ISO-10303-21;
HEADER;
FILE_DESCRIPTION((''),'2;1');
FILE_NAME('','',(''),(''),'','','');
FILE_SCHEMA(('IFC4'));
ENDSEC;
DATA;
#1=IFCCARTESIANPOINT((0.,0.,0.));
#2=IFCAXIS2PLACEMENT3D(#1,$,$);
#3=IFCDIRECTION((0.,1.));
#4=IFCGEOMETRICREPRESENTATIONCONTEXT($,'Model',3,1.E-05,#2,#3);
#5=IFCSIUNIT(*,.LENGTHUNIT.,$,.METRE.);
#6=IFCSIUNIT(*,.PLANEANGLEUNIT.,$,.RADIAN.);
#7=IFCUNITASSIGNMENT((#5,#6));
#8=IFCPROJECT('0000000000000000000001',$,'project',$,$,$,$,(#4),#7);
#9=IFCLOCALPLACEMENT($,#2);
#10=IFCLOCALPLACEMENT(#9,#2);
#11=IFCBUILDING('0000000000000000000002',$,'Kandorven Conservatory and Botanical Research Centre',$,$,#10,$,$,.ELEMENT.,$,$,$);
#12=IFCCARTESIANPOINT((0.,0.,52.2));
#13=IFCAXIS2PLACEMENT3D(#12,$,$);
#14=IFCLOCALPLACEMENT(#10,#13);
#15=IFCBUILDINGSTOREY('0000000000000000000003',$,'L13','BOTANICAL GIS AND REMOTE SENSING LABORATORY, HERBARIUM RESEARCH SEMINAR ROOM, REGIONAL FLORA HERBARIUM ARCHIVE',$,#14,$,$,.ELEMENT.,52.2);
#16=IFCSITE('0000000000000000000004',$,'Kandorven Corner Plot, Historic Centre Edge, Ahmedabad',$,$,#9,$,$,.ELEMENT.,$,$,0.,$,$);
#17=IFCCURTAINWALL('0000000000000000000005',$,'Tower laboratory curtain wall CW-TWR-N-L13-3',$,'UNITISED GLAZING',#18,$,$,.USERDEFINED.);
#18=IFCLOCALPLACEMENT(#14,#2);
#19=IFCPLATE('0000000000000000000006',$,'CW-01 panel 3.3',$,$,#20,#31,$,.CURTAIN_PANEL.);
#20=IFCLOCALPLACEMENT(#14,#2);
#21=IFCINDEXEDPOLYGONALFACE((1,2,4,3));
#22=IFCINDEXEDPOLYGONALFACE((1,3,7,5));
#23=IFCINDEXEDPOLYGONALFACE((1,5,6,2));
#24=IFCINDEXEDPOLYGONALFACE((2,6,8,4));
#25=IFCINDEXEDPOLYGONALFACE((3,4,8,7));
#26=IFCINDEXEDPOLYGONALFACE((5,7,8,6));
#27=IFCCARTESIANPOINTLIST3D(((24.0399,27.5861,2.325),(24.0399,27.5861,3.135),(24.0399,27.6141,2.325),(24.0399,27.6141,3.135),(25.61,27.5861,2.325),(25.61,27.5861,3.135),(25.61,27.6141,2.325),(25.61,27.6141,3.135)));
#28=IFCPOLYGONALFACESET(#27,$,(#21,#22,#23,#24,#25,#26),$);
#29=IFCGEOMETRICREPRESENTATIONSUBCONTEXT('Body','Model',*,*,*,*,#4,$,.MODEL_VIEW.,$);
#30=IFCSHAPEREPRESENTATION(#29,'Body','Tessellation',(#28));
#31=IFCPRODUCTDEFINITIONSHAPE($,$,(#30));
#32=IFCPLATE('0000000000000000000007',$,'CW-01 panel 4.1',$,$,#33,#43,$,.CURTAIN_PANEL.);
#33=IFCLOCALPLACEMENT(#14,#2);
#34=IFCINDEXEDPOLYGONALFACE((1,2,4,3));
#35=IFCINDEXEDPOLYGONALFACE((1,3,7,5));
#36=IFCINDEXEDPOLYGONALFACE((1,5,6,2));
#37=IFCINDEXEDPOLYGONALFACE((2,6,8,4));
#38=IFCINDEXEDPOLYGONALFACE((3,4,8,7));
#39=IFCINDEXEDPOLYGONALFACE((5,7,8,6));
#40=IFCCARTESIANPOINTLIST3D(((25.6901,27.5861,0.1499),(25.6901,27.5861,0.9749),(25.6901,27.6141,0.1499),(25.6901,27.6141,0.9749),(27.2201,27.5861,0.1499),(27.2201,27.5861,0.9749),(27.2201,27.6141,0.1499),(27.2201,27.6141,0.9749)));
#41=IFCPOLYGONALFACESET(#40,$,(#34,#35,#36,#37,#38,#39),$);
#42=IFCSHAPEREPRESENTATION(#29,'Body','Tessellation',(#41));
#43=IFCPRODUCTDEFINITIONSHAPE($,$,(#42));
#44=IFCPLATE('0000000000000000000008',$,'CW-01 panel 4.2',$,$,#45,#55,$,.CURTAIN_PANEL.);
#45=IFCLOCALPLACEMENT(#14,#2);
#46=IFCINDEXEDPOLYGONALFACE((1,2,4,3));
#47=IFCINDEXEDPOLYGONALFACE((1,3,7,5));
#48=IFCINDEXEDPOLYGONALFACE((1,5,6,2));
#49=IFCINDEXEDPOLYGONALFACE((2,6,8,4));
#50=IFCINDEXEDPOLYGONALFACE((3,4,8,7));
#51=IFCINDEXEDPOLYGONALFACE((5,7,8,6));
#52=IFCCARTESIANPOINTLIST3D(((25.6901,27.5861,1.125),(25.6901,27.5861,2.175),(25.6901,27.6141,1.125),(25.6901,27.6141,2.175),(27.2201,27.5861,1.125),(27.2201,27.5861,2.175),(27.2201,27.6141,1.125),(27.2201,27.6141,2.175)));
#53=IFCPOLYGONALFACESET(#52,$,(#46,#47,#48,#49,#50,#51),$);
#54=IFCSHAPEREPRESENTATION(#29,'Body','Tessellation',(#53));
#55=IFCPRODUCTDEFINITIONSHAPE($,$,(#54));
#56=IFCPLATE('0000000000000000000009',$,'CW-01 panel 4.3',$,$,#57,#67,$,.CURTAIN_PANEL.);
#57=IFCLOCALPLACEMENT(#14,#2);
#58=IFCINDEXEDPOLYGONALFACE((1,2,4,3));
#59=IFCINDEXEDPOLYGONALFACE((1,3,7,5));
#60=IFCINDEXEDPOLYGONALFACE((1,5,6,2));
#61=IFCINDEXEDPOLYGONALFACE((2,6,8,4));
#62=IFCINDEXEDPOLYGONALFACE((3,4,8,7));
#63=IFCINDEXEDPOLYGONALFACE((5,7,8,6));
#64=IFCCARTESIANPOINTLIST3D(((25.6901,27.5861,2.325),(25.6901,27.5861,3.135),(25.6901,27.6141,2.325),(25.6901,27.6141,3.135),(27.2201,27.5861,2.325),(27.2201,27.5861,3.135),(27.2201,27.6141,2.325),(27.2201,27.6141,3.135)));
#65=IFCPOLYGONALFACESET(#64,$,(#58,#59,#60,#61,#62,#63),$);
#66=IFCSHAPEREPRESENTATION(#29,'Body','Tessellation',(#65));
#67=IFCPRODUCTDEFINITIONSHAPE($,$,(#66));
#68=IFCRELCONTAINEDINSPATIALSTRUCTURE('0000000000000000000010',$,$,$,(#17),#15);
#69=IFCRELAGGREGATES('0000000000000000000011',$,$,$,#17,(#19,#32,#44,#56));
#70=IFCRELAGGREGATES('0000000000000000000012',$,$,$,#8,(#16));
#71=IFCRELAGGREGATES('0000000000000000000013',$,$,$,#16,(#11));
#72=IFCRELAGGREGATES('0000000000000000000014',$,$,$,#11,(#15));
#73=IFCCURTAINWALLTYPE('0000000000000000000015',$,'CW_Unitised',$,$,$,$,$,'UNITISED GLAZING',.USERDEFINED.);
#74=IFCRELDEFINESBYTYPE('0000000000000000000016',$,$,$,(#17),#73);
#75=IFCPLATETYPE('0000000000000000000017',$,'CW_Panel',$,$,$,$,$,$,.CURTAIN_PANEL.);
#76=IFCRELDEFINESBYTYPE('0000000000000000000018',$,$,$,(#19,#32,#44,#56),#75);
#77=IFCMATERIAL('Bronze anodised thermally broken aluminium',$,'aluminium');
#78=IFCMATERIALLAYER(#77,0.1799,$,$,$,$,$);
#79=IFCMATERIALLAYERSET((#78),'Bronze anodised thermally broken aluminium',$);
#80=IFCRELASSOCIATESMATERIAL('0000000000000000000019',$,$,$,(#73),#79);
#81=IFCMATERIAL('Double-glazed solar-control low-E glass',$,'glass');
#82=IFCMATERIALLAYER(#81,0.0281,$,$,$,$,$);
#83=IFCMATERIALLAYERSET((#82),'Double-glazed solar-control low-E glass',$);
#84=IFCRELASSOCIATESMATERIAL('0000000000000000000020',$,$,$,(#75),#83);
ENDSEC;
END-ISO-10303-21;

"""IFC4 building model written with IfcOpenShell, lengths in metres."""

from ifc_helpers import new_model, si_unit, direction, frame, origin, origin_2d, place, context, subcontext, project, spatial, rectangle, extrude, material, layer, layer_set, type_object, element, aggregate, save


model = new_model("IFC4")

# Units and contexts
model_context = context("Model", 3, precision=1e-05, world=origin(), true_north=direction((0.0, 1.0)))
body_context = subcontext(model_context, "Body", "Model", "MODEL_VIEW")
ifc_project = project(units=[si_unit("LENGTHUNIT", "METRE"), si_unit("PLANEANGLEUNIT", "RADIAN")], contexts=[model_context])

# Site, building, storey
site_placement = place(None, origin())
site = spatial("IfcSite", under=ifc_project, at=site_placement, Name="Kandorven Corner Plot, Historic Centre Edge, Ahmedabad", CompositionType="ELEMENT", RefElevation=0.0)
building_placement = place(site_placement, origin())
building = spatial("IfcBuilding", under=site, at=building_placement, Name="Kandorven Conservatory and Botanical Research Centre", CompositionType="ELEMENT")
storey_placement = place(building_placement, frame((0.0, 0.0, 52.2)))
storey = spatial("IfcBuildingStorey", under=building, at=storey_placement, Name="L13", Description="BOTANICAL GIS AND REMOTE SENSING LABORATORY, HERBARIUM RESEARCH SEMINAR ROOM, REGIONAL FLORA HERBARIUM ARCHIVE", CompositionType="ELEMENT", Elevation=52.2)

# Curtain wall, plates
ifc_material_1 = material(Name="Bronze anodised thermally broken aluminium", Category="aluminium")
ifc_layer_1 = layer(ifc_material_1, 0.1799)
ifc_layer_set_1 = layer_set([ifc_layer_1], Name="Bronze anodised thermally broken aluminium")
curtain_wall_type = type_object("IfcCurtainWallType", Name="CW_Unitised", ElementType="UNITISED GLAZING", PredefinedType="USERDEFINED", material=ifc_layer_set_1)
curtain_wall_placement = place(storey_placement, origin())
curtain_wall = element("IfcCurtainWall", 1, at=curtain_wall_placement, inside=storey, type_object=curtain_wall_type, Name="Tower laboratory curtain wall CW-TWR-N-L13-3", ObjectType="UNITISED GLAZING", PredefinedType="USERDEFINED")
ifc_material_2 = material(Name="Double-glazed solar-control low-E glass", Category="glass")
ifc_layer_2 = layer(ifc_material_2, 0.0281)
ifc_layer_set_2 = layer_set([ifc_layer_2], Name="Double-glazed solar-control low-E glass")
plate_type = type_object("IfcPlateType", Name="CW_Panel", PredefinedType="CURTAIN_PANEL", material=ifc_layer_set_2)
plate_1_placement = place(storey_placement, frame((24.825, 27.6001, 2.325), z_axis=(0.0, 0.0, 1.0), x_axis=(1.0, 0.0, 0.0)))
plate_1 = element("IfcPlate", 2, at=plate_1_placement, type_object=plate_type, Name="CW-01 panel 3.3", PredefinedType="CURTAIN_PANEL", context=body_context, shape_type="SweptSolid", body=[
    extrude(rectangle(XDim=1.5701, YDim=0.0281, at=origin_2d()), origin(), (0.0, 0.0, 1.0), 0.8101),
])
plate_2_placement = place(storey_placement, frame((26.4551, 27.6001, 0.1499), z_axis=(0.0, 0.0, 1.0), x_axis=(1.0, 0.0, 0.0)))
plate_2 = element("IfcPlate", 3, at=plate_2_placement, type_object=plate_type, Name="CW-01 panel 4.1", PredefinedType="CURTAIN_PANEL", context=body_context, shape_type="SweptSolid", body=[
    extrude(rectangle(XDim=1.53, YDim=0.0281, at=origin_2d()), origin(), (0.0, 0.0, 1.0), 0.825),
])
plate_3_placement = place(storey_placement, frame((26.4551, 27.6001, 1.125), z_axis=(0.0, 0.0, 1.0), x_axis=(1.0, 0.0, 0.0)))
plate_3 = element("IfcPlate", 4, at=plate_3_placement, type_object=plate_type, Name="CW-01 panel 4.2", PredefinedType="CURTAIN_PANEL", context=body_context, shape_type="SweptSolid", body=[
    extrude(rectangle(XDim=1.53, YDim=0.0281, at=origin_2d()), origin(), (0.0, 0.0, 1.0), 1.05),
])
plate_4_placement = place(storey_placement, frame((26.4551, 27.6001, 2.325), z_axis=(0.0, 0.0, 1.0), x_axis=(1.0, 0.0, 0.0)))
plate_4 = element("IfcPlate", 5, at=plate_4_placement, type_object=plate_type, Name="CW-01 panel 4.3", PredefinedType="CURTAIN_PANEL", context=body_context, shape_type="SweptSolid", body=[
    extrude(rectangle(XDim=1.53, YDim=0.0281, at=origin_2d()), origin(), (0.0, 0.0, 1.0), 0.8101),
])
aggregate(curtain_wall, [plate_1, plate_2, plate_3, plate_4])

save(model, "model.ifc")
